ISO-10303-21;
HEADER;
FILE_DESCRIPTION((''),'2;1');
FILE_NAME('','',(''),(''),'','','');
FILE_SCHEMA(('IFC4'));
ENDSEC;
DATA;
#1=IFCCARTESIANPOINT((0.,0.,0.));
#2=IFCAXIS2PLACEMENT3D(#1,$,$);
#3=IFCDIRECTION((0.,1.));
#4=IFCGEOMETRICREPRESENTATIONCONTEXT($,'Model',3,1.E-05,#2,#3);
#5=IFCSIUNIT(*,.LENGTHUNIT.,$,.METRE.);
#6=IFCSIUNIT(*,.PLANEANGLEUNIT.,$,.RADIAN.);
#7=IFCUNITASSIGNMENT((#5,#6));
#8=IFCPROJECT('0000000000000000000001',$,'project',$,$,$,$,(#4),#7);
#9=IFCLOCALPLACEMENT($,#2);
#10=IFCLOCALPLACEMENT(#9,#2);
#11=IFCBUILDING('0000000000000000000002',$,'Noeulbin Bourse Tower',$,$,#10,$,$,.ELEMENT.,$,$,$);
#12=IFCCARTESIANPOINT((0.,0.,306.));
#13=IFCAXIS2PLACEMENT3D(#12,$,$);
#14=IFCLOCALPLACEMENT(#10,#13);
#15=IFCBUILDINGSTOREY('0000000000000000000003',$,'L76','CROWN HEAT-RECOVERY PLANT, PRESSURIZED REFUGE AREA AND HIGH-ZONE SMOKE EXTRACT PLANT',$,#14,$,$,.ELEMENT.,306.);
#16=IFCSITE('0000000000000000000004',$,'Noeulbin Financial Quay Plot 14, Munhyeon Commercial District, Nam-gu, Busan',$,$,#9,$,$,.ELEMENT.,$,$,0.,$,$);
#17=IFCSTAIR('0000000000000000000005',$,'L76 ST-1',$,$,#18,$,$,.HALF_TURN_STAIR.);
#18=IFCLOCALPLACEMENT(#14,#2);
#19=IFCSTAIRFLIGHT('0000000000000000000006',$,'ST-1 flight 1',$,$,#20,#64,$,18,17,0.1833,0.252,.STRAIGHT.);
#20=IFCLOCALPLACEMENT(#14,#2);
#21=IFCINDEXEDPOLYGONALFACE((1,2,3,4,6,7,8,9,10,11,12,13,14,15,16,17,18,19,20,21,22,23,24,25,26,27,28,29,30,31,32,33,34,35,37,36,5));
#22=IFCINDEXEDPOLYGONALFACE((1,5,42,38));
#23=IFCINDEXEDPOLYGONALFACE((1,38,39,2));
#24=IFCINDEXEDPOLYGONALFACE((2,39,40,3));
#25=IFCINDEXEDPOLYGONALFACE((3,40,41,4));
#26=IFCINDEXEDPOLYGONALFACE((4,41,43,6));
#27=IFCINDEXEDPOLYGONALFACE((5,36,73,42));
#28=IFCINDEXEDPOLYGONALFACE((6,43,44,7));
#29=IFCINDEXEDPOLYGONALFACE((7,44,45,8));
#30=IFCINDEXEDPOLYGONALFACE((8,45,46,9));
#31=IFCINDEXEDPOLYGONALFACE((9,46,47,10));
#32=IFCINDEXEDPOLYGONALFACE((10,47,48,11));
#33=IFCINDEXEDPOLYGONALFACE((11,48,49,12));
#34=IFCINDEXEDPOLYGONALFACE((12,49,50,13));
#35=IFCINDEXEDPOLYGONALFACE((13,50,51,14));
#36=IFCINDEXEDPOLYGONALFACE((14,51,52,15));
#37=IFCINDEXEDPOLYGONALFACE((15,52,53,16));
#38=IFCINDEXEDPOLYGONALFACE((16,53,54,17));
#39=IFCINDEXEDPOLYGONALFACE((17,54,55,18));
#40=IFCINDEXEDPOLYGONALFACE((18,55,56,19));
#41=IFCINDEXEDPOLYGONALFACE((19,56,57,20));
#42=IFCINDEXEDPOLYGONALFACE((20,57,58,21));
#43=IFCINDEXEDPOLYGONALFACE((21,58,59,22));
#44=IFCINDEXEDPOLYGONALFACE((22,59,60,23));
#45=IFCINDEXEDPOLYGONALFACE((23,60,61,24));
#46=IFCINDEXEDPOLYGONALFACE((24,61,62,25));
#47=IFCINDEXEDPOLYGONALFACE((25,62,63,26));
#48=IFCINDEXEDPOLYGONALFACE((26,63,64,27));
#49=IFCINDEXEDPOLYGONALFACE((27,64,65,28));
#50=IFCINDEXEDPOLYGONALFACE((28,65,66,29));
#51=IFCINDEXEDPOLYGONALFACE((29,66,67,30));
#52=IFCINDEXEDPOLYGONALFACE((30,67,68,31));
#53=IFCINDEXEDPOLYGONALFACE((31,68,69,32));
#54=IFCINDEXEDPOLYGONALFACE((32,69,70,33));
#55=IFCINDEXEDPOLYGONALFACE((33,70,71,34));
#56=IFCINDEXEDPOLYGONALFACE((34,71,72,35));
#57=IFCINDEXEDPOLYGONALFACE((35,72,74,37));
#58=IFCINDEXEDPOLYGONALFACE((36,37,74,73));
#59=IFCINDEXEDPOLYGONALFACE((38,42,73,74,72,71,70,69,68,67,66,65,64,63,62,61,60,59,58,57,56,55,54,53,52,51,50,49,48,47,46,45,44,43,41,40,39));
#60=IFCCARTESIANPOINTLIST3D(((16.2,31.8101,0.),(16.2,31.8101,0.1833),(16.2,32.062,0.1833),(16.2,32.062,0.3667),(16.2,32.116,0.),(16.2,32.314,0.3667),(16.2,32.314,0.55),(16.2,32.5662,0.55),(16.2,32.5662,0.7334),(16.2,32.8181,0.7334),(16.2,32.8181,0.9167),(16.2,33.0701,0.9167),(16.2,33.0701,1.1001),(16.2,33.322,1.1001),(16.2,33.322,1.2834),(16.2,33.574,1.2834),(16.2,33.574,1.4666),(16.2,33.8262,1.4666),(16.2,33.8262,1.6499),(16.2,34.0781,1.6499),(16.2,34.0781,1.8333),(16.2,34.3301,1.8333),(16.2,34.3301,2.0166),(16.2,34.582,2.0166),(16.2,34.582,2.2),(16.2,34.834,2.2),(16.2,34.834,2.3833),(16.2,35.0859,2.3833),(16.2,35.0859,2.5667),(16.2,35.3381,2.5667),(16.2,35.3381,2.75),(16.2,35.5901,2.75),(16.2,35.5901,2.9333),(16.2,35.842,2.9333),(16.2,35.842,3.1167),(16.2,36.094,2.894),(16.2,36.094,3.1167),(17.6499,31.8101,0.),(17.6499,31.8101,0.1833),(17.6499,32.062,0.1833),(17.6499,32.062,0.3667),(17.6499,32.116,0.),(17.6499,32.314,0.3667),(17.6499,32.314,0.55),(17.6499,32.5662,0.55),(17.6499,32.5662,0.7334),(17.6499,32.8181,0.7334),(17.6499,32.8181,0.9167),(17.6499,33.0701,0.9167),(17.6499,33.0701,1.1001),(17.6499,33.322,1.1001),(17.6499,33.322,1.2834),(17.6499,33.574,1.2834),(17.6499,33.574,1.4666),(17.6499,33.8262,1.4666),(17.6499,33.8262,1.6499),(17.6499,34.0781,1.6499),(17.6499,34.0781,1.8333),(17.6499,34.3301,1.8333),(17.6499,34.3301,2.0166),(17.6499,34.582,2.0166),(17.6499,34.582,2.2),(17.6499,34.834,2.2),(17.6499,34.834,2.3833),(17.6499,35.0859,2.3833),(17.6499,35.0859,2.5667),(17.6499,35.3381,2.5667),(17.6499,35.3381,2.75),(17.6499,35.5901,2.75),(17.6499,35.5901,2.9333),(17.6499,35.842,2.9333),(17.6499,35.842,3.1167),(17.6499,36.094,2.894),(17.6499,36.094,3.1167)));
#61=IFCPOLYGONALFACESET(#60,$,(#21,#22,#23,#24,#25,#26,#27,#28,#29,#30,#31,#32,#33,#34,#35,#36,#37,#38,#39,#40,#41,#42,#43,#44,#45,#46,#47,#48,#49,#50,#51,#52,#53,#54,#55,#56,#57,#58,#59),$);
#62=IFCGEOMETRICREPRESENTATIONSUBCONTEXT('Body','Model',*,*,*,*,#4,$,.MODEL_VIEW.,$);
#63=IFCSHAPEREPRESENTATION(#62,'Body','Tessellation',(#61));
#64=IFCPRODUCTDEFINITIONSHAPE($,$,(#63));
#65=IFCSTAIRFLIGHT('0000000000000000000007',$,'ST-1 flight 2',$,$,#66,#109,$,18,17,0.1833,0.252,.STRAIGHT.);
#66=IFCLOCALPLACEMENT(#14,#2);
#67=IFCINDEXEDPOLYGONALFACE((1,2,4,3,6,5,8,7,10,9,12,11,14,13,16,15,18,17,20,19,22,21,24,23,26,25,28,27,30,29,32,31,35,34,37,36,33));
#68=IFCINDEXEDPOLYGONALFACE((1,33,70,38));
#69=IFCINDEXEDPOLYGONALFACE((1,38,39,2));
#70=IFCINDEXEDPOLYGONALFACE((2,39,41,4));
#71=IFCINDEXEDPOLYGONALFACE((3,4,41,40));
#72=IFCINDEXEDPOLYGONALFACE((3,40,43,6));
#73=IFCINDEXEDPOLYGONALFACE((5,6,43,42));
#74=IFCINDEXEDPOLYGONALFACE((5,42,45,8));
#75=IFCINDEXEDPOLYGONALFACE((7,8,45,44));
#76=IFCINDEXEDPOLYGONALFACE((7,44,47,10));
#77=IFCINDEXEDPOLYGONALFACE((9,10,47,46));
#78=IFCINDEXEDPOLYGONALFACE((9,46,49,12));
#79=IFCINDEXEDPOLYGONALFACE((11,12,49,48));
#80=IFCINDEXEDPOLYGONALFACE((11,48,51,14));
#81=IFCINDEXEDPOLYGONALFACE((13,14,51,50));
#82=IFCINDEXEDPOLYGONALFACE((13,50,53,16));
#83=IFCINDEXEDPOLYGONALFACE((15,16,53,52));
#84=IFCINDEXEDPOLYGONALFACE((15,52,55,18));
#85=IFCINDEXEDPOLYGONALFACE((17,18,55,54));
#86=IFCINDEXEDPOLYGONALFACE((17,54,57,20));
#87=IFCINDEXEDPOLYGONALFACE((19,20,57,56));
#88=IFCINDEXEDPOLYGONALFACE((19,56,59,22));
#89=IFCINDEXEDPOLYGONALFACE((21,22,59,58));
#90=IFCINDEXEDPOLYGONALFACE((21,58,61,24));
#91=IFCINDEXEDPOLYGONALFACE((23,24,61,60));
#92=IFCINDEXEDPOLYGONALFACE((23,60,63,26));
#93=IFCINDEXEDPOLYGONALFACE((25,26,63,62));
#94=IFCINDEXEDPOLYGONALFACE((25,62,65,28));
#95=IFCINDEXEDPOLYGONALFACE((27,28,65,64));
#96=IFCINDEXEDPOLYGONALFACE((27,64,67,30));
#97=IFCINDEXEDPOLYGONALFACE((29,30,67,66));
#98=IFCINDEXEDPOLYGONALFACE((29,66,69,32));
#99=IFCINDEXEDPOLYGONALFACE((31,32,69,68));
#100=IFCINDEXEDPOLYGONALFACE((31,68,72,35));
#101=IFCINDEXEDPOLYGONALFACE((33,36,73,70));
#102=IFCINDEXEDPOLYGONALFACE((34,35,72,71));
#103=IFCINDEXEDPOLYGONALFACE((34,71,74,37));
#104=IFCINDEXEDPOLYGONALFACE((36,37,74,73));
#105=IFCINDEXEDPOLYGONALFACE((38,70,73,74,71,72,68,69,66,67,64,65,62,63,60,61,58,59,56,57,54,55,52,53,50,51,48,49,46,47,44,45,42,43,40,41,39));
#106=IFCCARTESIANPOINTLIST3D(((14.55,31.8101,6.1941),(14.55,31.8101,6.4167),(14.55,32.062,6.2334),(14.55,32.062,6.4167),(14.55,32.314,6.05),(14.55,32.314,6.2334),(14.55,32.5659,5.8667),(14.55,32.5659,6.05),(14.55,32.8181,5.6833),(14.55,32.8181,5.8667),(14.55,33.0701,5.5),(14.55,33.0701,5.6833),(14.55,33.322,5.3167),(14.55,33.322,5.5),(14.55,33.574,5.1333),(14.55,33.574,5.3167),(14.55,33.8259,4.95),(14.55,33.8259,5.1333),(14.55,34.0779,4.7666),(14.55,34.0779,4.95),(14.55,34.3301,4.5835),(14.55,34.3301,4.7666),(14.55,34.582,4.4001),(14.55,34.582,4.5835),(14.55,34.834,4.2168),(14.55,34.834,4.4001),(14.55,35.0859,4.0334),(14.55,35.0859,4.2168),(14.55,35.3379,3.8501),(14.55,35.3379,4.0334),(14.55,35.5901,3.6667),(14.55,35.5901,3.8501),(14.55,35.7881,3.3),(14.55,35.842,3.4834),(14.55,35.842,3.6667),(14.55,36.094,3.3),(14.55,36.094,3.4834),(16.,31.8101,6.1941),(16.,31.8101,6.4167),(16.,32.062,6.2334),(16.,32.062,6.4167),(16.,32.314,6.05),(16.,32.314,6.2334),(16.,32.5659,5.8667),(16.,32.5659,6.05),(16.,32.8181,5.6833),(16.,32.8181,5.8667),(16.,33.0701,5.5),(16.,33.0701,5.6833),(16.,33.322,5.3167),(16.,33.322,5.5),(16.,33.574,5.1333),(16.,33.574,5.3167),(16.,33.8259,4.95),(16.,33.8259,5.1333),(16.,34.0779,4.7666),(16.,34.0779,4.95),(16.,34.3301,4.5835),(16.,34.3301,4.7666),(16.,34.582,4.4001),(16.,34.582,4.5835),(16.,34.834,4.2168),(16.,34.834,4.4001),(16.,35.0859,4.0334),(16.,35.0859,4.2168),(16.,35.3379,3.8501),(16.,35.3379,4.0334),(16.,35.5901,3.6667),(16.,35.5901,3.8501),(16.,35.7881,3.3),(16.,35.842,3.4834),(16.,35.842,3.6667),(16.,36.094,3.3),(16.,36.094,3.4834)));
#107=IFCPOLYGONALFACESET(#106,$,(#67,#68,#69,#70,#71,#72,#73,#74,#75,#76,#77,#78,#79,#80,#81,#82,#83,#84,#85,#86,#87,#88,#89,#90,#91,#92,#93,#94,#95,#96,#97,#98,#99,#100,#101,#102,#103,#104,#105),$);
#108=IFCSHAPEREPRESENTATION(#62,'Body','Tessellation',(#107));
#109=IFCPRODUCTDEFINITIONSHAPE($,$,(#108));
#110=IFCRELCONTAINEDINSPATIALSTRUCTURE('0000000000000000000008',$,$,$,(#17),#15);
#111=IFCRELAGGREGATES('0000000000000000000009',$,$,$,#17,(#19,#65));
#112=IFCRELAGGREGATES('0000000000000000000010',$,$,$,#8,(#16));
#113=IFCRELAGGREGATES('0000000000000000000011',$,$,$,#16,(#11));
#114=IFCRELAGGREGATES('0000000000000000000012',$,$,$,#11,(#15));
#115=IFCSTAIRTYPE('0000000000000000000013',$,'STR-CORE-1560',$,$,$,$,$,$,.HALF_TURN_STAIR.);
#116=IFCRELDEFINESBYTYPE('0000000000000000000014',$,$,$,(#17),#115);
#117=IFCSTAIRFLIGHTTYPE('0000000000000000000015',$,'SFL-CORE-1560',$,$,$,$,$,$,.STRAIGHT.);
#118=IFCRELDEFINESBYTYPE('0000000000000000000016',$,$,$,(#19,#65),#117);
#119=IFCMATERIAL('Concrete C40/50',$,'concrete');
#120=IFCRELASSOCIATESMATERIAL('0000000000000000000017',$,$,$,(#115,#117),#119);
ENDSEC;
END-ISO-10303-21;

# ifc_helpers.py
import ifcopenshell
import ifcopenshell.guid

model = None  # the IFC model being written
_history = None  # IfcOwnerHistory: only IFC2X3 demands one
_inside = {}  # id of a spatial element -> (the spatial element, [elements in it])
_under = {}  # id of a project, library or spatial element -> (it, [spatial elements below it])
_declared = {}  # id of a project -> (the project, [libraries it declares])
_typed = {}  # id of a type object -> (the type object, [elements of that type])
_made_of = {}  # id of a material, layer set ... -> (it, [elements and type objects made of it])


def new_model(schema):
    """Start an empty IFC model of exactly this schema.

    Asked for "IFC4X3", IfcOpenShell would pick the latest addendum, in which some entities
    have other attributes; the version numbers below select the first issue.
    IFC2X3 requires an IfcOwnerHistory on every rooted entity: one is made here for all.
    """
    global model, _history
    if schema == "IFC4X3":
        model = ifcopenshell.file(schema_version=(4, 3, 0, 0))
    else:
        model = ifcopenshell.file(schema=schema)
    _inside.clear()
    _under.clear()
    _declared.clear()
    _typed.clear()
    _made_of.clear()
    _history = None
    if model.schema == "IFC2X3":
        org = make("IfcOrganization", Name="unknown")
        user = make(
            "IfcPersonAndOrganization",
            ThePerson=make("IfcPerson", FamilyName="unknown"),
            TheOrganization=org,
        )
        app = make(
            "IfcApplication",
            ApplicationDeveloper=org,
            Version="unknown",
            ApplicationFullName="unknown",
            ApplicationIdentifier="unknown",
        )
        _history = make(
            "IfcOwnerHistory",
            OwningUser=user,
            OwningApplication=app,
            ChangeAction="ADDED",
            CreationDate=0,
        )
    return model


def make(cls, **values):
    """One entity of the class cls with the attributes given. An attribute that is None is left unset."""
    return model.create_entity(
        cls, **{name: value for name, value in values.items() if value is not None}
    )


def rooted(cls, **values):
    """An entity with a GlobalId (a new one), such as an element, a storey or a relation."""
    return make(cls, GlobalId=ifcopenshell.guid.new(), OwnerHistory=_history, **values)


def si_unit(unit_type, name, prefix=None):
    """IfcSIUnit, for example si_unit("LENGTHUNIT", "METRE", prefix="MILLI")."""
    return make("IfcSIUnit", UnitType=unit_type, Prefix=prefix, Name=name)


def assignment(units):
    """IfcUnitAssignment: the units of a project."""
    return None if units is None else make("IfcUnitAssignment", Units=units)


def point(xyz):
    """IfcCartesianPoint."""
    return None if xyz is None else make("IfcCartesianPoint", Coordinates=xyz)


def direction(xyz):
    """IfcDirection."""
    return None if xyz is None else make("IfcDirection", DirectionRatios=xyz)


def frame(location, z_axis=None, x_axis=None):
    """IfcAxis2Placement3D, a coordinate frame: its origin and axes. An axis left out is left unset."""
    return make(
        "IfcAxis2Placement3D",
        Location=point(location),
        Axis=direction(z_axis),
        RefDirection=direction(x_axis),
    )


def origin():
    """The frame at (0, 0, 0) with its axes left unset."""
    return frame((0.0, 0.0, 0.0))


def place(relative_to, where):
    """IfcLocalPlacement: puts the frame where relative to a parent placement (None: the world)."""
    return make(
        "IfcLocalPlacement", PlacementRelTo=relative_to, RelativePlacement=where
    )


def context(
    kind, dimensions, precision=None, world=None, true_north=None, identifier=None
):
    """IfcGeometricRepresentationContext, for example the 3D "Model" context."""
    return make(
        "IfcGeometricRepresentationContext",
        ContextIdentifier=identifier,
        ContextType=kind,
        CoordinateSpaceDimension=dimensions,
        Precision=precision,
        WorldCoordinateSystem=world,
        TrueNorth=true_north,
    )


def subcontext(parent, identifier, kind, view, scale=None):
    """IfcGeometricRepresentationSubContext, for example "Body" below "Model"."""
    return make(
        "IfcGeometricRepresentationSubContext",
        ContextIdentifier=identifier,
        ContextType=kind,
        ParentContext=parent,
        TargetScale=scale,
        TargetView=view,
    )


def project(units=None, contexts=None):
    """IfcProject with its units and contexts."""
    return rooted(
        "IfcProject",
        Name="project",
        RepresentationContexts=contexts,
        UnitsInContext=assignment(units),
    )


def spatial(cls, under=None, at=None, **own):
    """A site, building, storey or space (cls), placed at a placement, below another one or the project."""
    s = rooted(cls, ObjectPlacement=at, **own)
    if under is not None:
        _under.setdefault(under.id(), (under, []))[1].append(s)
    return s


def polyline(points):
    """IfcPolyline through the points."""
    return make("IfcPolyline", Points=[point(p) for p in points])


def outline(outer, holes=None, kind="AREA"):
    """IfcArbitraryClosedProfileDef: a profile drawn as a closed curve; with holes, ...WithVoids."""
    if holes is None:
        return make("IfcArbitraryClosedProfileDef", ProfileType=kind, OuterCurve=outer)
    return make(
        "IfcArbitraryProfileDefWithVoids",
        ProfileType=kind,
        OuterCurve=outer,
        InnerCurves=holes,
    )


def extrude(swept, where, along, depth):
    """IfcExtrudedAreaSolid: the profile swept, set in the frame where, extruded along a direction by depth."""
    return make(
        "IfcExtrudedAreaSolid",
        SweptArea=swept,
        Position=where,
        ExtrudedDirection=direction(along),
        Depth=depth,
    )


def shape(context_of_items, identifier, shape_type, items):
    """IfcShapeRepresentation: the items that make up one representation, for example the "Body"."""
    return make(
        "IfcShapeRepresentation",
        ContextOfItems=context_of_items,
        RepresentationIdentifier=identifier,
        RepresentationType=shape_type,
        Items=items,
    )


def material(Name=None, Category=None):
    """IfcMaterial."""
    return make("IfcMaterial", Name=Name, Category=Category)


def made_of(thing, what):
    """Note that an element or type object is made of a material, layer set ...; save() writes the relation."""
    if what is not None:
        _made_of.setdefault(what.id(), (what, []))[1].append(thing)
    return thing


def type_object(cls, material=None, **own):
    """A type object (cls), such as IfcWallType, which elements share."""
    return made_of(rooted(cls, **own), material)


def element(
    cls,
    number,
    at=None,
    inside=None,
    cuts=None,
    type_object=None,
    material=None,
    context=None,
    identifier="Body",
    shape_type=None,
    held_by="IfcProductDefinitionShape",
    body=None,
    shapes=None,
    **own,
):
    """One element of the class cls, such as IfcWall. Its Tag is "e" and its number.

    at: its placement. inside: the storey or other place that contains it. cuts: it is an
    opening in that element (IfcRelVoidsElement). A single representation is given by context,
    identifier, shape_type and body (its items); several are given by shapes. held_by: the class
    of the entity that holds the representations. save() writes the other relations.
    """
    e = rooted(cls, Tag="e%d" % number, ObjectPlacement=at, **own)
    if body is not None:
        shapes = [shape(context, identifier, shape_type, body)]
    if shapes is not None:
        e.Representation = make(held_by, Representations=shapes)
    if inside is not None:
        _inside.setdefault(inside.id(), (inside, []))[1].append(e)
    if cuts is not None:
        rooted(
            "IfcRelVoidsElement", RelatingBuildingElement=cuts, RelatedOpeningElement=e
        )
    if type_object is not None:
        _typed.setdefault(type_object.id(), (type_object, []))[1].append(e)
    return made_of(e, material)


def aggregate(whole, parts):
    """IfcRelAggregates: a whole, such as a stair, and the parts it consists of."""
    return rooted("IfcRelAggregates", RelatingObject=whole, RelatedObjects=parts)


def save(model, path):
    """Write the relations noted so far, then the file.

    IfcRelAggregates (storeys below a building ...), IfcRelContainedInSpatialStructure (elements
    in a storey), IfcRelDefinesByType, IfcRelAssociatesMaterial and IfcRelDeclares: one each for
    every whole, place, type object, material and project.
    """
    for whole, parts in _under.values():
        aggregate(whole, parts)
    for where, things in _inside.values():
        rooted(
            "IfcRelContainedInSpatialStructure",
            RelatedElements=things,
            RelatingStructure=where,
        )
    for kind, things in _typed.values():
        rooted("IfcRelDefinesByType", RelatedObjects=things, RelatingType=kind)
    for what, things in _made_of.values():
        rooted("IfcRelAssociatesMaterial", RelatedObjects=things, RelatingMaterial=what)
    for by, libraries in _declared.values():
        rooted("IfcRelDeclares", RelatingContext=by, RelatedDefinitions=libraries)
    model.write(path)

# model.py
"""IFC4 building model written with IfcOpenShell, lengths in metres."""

from ifc_helpers import new_model, si_unit, direction, frame, origin, place, context, subcontext, project, spatial, polyline, outline, extrude, material, type_object, element, aggregate, save


model = new_model("IFC4")

# Units and contexts
model_context = context("Model", 3, precision=1e-05, world=origin(), true_north=direction((0.0, 1.0)))
body_context = subcontext(model_context, "Body", "Model", "MODEL_VIEW")
ifc_project = project(units=[si_unit("LENGTHUNIT", "METRE"), si_unit("PLANEANGLEUNIT", "RADIAN")], contexts=[model_context])

# Site, building, storey
site_placement = place(None, origin())
site = spatial("IfcSite", under=ifc_project, at=site_placement, Name="Noeulbin Financial Quay Plot 14, Munhyeon Commercial District, Nam-gu, Busan", CompositionType="ELEMENT", RefElevation=0.0)
building_placement = place(site_placement, origin())
building = spatial("IfcBuilding", under=site, at=building_placement, Name="Noeulbin Bourse Tower", CompositionType="ELEMENT")
storey_placement = place(building_placement, frame((0.0, 0.0, 306.0)))
storey = spatial("IfcBuildingStorey", under=building, at=storey_placement, Name="L76", Description="CROWN HEAT-RECOVERY PLANT, PRESSURIZED REFUGE AREA AND HIGH-ZONE SMOKE EXTRACT PLANT", CompositionType="ELEMENT", Elevation=306.0)

# Shared definitions
ifc_material_1 = material(Name="Concrete C40/50", Category="concrete")

# Stair, stair flights
stair_type = type_object("IfcStairType", Name="STR-CORE-1560", PredefinedType="HALF_TURN_STAIR", material=ifc_material_1)
stair_placement = place(storey_placement, origin())
stair = element("IfcStair", 1, at=stair_placement, inside=storey, type_object=stair_type, Name="L76 ST-1", PredefinedType="HALF_TURN_STAIR")
stair_flight_type = type_object("IfcStairFlightType", Name="SFL-CORE-1560", PredefinedType="STRAIGHT", material=ifc_material_1)
stair_flight_1_placement = place(storey_placement, frame((16.925, 31.8101, 0.0), z_axis=(0.0, 0.0, 1.0), x_axis=(0.0, 1.0, 0.0)))
stair_flight_1 = element("IfcStairFlight", 2, at=stair_flight_1_placement, type_object=stair_flight_type, Name="ST-1 flight 1", NumberOfRisers=18, NumberOfTreads=17, PredefinedType="STRAIGHT", RiserHeight=0.1833, TreadLength=0.252, context=body_context, shape_type="SweptSolid", body=[
    extrude(outline(polyline([(0.0, 0.0), (0.0, 0.1833), (0.252, 0.1833), (0.252, 0.3667), (0.5039, 0.3667), (0.5039, 0.55), (0.7561, 0.55), (0.7561, 0.7334), (1.0081, 0.7334), (1.0081, 0.9167), (1.26, 0.9167), (1.26, 1.1001), (1.512, 1.1001), (1.512, 1.2834), (1.7639, 1.2834), (1.7639, 1.4666), (2.0161, 1.4666), (2.0161, 1.6499), (2.2681, 1.6499), (2.2681, 1.8333), (2.52, 1.8333), (2.52, 2.0166), (2.772, 2.0166), (2.772, 2.2), (3.0239, 2.2), (3.0239, 2.3833), (3.2759, 2.3833), (3.2759, 2.5667), (3.5281, 2.5667), (3.5281, 2.75), (3.78, 2.75), (3.78, 2.9333), (4.032, 2.9333), (4.032, 3.1167), (4.2839, 3.1167), (4.2839, 3.3), (4.2839, 2.894), (0.3059, 0.0), (0.0, 0.0)])), frame((0.0, 0.7251, 0.0), z_axis=(0.0, -1.0, 0.0), x_axis=(1.0, 0.0, 0.0)), (0.0, 0.0, 1.0), 1.45),
])
stair_flight_2_placement = place(storey_placement, frame((15.2749, 36.094, 3.3), z_axis=(0.0, 0.0, 1.0), x_axis=(0.0, -1.0, 0.0)))
stair_flight_2 = element("IfcStairFlight", 3, at=stair_flight_2_placement, type_object=stair_flight_type, Name="ST-1 flight 2", NumberOfRisers=18, NumberOfTreads=17, PredefinedType="STRAIGHT", RiserHeight=0.1833, TreadLength=0.252, context=body_context, shape_type="SweptSolid", body=[
    extrude(outline(polyline([(0.0, 0.0), (0.0, 0.1833), (0.252, 0.1833), (0.252, 0.3667), (0.5039, 0.3667), (0.5039, 0.55), (0.7561, 0.55), (0.7561, 0.7334), (1.0081, 0.7334), (1.0081, 0.9167), (1.26, 0.9167), (1.26, 1.1001), (1.512, 1.1001), (1.512, 1.2834), (1.7639, 1.2834), (1.7639, 1.4666), (2.0161, 1.4666), (2.0161, 1.6499), (2.2681, 1.6499), (2.2681, 1.8333), (2.52, 1.8333), (2.52, 2.0166), (2.772, 2.0166), (2.772, 2.2), (3.0239, 2.2), (3.0239, 2.3833), (3.2759, 2.3833), (3.2759, 2.5667), (3.5281, 2.5667), (3.5281, 2.75), (3.78, 2.75), (3.78, 2.9333), (4.032, 2.9333), (4.032, 3.1167), (4.2839, 3.1167), (4.2839, 3.3), (4.2839, 2.894), (0.3059, 0.0), (0.0, 0.0)])), frame((0.0, 0.7251, 0.0), z_axis=(0.0, -1.0, 0.0), x_axis=(1.0, 0.0, 0.0)), (0.0, 0.0, 1.0), 1.45),
])
aggregate(stair, [stair_flight_1, stair_flight_2])

save(model, "model.ifc")
